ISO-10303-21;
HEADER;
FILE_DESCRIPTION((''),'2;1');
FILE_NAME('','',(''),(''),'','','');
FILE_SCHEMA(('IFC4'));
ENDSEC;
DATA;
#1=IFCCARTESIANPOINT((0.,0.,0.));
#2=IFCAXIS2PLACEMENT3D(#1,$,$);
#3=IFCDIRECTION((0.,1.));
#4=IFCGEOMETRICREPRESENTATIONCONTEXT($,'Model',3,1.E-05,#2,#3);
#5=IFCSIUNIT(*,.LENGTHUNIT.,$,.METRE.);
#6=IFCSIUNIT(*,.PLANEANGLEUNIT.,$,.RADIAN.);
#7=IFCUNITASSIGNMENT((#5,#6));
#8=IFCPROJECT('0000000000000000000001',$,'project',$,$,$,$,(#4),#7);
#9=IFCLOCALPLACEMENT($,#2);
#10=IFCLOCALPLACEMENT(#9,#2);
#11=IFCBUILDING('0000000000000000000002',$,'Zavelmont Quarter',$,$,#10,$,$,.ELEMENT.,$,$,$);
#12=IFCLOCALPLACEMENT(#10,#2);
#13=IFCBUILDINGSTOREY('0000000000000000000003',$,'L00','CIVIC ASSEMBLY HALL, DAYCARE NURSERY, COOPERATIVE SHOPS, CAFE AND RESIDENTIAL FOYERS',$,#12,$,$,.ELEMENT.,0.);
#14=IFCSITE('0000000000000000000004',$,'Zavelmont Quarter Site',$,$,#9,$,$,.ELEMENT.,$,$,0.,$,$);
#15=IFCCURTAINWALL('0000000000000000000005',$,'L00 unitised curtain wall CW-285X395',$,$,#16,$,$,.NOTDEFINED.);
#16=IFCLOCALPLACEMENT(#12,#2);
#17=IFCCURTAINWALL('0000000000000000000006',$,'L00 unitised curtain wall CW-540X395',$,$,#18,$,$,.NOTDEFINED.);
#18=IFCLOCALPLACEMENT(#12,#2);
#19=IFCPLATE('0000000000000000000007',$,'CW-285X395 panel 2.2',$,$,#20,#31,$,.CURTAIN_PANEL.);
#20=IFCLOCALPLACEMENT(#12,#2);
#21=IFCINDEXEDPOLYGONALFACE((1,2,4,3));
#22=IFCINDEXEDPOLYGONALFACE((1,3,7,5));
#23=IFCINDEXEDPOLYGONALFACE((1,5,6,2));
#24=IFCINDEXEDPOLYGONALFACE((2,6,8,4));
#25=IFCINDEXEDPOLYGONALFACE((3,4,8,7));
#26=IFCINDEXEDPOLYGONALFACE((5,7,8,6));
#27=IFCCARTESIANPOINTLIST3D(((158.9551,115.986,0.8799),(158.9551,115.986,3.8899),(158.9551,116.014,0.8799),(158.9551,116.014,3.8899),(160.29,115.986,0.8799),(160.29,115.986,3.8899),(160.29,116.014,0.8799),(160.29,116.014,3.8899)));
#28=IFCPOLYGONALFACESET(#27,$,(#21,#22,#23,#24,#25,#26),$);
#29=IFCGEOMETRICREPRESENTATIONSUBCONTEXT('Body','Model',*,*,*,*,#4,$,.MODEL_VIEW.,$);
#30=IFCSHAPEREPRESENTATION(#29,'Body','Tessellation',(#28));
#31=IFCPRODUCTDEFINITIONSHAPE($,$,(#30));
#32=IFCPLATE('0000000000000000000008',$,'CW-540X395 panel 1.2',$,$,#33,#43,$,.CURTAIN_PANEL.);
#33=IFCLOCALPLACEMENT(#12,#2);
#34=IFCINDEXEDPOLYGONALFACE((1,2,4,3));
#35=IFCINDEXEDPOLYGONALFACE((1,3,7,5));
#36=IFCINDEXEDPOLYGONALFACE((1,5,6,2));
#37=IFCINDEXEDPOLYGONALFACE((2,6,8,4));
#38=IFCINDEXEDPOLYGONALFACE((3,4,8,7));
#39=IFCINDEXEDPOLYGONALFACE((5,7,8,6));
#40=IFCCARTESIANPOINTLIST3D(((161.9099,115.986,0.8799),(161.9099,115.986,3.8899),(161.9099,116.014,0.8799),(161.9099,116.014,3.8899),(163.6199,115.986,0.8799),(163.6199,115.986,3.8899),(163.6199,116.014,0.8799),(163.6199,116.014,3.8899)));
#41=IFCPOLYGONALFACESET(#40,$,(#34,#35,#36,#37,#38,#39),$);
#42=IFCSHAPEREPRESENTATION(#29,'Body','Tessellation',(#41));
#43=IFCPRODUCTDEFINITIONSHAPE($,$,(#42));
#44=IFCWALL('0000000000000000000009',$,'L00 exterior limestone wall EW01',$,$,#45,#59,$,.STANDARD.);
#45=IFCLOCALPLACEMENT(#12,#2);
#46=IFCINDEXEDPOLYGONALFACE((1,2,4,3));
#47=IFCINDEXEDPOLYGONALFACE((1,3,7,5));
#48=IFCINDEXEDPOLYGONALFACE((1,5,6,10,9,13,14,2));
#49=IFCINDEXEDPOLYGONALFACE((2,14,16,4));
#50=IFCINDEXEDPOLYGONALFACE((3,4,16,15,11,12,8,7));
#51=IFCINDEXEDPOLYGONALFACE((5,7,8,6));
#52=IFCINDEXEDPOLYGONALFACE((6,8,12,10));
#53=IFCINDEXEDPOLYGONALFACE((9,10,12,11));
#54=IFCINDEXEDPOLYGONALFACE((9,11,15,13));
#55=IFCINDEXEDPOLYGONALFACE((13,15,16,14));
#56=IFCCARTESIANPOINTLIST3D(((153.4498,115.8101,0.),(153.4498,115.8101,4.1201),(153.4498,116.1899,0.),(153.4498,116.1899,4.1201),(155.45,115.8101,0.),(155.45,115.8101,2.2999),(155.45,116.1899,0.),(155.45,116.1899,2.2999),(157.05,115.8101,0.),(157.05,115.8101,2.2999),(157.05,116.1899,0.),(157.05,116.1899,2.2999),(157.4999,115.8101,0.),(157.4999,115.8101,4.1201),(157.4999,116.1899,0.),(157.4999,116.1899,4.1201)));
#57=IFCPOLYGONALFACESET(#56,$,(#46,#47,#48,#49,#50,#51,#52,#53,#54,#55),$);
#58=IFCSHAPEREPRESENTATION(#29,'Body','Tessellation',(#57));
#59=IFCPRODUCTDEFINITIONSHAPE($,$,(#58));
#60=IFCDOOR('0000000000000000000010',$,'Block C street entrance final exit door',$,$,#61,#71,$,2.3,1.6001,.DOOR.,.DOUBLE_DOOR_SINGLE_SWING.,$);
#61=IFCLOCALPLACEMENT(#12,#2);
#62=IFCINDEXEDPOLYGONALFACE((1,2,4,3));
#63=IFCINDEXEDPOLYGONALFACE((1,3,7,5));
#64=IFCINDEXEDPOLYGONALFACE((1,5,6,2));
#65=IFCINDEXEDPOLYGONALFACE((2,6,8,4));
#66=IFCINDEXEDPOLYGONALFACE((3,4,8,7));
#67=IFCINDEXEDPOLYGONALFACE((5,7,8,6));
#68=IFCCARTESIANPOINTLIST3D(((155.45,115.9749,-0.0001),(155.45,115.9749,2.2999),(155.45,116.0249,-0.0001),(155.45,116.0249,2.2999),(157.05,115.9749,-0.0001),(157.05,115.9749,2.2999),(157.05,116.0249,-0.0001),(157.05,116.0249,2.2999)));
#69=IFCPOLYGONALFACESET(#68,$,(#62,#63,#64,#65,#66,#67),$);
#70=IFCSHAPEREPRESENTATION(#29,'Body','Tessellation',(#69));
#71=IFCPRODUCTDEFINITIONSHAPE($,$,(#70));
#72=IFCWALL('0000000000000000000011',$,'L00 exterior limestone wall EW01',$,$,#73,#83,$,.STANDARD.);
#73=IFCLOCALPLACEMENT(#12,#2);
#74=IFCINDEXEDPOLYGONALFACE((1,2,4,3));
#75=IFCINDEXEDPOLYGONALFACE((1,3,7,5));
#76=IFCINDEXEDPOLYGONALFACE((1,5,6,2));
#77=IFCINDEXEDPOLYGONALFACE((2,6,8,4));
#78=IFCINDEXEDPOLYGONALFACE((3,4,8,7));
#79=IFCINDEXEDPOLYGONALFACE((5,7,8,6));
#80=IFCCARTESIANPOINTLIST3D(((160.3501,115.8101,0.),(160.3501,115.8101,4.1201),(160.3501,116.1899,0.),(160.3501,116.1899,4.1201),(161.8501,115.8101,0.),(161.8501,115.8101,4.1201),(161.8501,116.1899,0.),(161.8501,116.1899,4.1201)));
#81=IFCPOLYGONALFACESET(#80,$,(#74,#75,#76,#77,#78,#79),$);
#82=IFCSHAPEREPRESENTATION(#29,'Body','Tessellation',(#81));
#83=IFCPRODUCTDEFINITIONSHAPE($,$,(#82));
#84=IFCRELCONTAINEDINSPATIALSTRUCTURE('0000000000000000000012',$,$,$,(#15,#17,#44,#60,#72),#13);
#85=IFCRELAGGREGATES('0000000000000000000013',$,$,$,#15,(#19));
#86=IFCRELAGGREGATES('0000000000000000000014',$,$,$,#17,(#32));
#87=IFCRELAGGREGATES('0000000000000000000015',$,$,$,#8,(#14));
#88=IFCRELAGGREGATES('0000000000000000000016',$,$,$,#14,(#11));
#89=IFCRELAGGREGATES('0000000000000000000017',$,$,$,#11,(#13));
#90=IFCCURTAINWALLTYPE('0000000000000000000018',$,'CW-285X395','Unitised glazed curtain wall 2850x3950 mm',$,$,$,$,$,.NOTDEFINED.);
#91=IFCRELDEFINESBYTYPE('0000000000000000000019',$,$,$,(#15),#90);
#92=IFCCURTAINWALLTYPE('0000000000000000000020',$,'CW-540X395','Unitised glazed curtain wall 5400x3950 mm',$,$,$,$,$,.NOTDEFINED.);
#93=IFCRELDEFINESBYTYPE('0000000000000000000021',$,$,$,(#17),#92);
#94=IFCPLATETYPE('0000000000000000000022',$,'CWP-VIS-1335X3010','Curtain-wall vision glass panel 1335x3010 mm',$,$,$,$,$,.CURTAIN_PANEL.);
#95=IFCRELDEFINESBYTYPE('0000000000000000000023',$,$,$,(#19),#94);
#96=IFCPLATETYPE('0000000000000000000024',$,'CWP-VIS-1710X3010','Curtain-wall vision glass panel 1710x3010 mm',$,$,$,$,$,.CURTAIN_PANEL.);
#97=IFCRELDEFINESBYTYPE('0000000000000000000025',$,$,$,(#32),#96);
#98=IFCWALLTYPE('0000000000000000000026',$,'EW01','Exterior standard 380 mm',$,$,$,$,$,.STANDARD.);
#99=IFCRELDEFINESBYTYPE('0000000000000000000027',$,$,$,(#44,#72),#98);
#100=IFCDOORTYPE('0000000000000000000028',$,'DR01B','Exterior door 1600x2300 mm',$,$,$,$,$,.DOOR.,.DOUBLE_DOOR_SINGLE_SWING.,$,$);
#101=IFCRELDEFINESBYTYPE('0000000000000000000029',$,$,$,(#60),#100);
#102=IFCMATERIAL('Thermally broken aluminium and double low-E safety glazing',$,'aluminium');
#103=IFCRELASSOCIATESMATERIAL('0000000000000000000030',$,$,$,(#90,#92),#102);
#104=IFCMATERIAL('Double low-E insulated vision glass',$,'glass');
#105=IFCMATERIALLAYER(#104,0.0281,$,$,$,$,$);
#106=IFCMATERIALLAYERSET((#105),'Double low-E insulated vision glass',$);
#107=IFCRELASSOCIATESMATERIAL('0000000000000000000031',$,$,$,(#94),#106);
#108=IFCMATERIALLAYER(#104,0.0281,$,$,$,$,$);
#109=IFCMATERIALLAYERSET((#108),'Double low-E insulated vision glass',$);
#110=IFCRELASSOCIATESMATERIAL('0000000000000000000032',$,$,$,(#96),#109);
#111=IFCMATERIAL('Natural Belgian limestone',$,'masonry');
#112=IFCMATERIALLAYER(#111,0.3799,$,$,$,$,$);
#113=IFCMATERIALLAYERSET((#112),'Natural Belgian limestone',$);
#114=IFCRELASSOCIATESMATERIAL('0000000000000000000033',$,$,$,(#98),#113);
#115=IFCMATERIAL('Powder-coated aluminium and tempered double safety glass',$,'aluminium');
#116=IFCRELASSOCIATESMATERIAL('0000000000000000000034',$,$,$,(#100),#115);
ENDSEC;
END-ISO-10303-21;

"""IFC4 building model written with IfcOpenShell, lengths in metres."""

from ifc_helpers import new_model, si_unit, direction, frame, frame_2d, origin, origin_with_axes, origin_2d, place, context, subcontext, project, spatial, rectangle, extrude, material, layer, layer_set, type_object, element, fill, aggregate, save


model = new_model("IFC4")

# Units and contexts
model_context = context("Model", 3, precision=1e-05, world=origin(), true_north=direction((0.0, 1.0)))
body_context = subcontext(model_context, "Body", "Model", "MODEL_VIEW")
ifc_project = project(units=[si_unit("LENGTHUNIT", "METRE"), si_unit("PLANEANGLEUNIT", "RADIAN")], contexts=[model_context])

# Site, building, storey
site_placement = place(None, origin())
site = spatial("IfcSite", under=ifc_project, at=site_placement, Name="Zavelmont Quarter Site", CompositionType="ELEMENT", RefElevation=0.0)
building_placement = place(site_placement, origin())
building = spatial("IfcBuilding", under=site, at=building_placement, Name="Zavelmont Quarter", CompositionType="ELEMENT")
storey_placement = place(building_placement, origin())
storey = spatial("IfcBuildingStorey", under=building, at=storey_placement, Name="L00", Description="CIVIC ASSEMBLY HALL, DAYCARE NURSERY, COOPERATIVE SHOPS, CAFE AND RESIDENTIAL FOYERS", CompositionType="ELEMENT", Elevation=0.0)

# Curtain wall
ifc_material_1 = material(Name="Thermally broken aluminium and double low-E safety glazing", Category="aluminium")
curtain_wall_type_1 = type_object("IfcCurtainWallType", Name="CW-285X395", Description="Unitised glazed curtain wall 2850x3950 mm", PredefinedType="NOTDEFINED", material=ifc_material_1)
curtain_wall_1_placement = place(storey_placement, origin())
curtain_wall_1 = element("IfcCurtainWall", 1, at=curtain_wall_1_placement, inside=storey, type_object=curtain_wall_type_1, Name="L00 unitised curtain wall CW-285X395", PredefinedType="NOTDEFINED")

# Curtain wall
curtain_wall_type_2 = type_object("IfcCurtainWallType", Name="CW-540X395", Description="Unitised glazed curtain wall 5400x3950 mm", PredefinedType="NOTDEFINED", material=ifc_material_1)
curtain_wall_2_placement = place(storey_placement, origin())
curtain_wall_2 = element("IfcCurtainWall", 2, at=curtain_wall_2_placement, inside=storey, type_object=curtain_wall_type_2, Name="L00 unitised curtain wall CW-540X395", PredefinedType="NOTDEFINED")

# Plates
ifc_material_2 = material(Name="Double low-E insulated vision glass", Category="glass")
ifc_layer_1 = layer(ifc_material_2, 0.0281)
ifc_layer_set_1 = layer_set([ifc_layer_1], Name="Double low-E insulated vision glass")
plate_type_1 = type_object("IfcPlateType", Name="CWP-VIS-1335X3010", Description="Curtain-wall vision glass panel 1335x3010 mm", PredefinedType="CURTAIN_PANEL", material=ifc_layer_set_1)
plate_1_placement = place(storey_placement, frame((159.6226, 116.0, 0.8799), z_axis=(0.0, 0.0, 1.0), x_axis=(1.0, 0.0, 0.0)))
plate_1 = element("IfcPlate", 3, at=plate_1_placement, type_object=plate_type_1, Name="CW-285X395 panel 2.2", PredefinedType="CURTAIN_PANEL", context=body_context, shape_type="SweptSolid", body=[
    extrude(rectangle(XDim=1.335, YDim=0.0281, at=origin_2d()), origin(), (0.0, 0.0, 1.0), 3.01),
])
aggregate(curtain_wall_1, [plate_1])
ifc_layer_2 = layer(ifc_material_2, 0.0281)
ifc_layer_set_2 = layer_set([ifc_layer_2], Name="Double low-E insulated vision glass")
plate_type_2 = type_object("IfcPlateType", Name="CWP-VIS-1710X3010", Description="Curtain-wall vision glass panel 1710x3010 mm", PredefinedType="CURTAIN_PANEL", material=ifc_layer_set_2)
plate_2_placement = place(storey_placement, frame((162.7649, 116.0, 0.8799), z_axis=(0.0, 0.0, 1.0), x_axis=(1.0, 0.0, 0.0)))
plate_2 = element("IfcPlate", 4, at=plate_2_placement, type_object=plate_type_2, Name="CW-540X395 panel 1.2", PredefinedType="CURTAIN_PANEL", context=body_context, shape_type="SweptSolid", body=[
    extrude(rectangle(XDim=1.71, YDim=0.0281, at=origin_2d()), origin(), (0.0, 0.0, 1.0), 3.01),
])
aggregate(curtain_wall_2, [plate_2])

# Wall, opening, door
ifc_material_3 = material(Name="Natural Belgian limestone", Category="masonry")
ifc_layer_3 = layer(ifc_material_3, 0.3799)
ifc_layer_set_3 = layer_set([ifc_layer_3], Name="Natural Belgian limestone")
wall_type = type_object("IfcWallType", Name="EW01", Description="Exterior standard 380 mm", PredefinedType="STANDARD", material=ifc_layer_set_3)
wall_1_placement = place(storey_placement, frame((153.45, 116.0, 0.0), z_axis=(0.0, 0.0, 1.0), x_axis=(1.0, 0.0, 0.0)))
wall_1 = element("IfcWall", 5, at=wall_1_placement, inside=storey, type_object=wall_type, Name="L00 exterior limestone wall EW01", PredefinedType="STANDARD", context=body_context, shape_type="SweptSolid", body=[
    extrude(rectangle(XDim=4.05, YDim=0.3799, at=frame_2d((2.0249, 0.0))), origin(), (0.0, 0.0, 1.0), 4.1201),
])
opening_placement = place(wall_1_placement, frame((2.0, 0.0, 0.0)))
opening = element("IfcOpeningElement", 6, at=opening_placement, cuts=wall_1, PredefinedType="OPENING", context=body_context, shape_type="SweptSolid", body=[
    extrude(rectangle(XDim=1.6001, YDim=2.3, at=frame_2d((0.8, 1.1499))), frame((0.0, 0.2019, 0.0), z_axis=(0.0, -1.0, 0.0), x_axis=(1.0, 0.0, 0.0)), (0.0, 0.0, 1.0), 0.4038),
])
ifc_material_4 = material(Name="Powder-coated aluminium and tempered double safety glass", Category="aluminium")
door_type = type_object("IfcDoorType", Name="DR01B", Description="Exterior door 1600x2300 mm", OperationType="DOUBLE_DOOR_SINGLE_SWING", PredefinedType="DOOR", material=ifc_material_4)
door_placement = place(opening_placement, origin_with_axes())
door = element("IfcDoor", 7, at=door_placement, inside=storey, type_object=door_type, Name="Block C street entrance final exit door", OperationType="DOUBLE_DOOR_SINGLE_SWING", OverallHeight=2.3, OverallWidth=1.6001, PredefinedType="DOOR", context=body_context, shape_type="SweptSolid", body=[
    extrude(rectangle(XDim=1.6001, YDim=2.3, at=frame_2d((0.8, 1.1499))), frame((0.0, 0.0249, 0.0), z_axis=(0.0, -1.0, 0.0), x_axis=(1.0, 0.0, 0.0)), (0.0, 0.0, 1.0), 0.05),
])
fill(opening, door)

# Wall
wall_2_placement = place(storey_placement, frame((160.3501, 116.0, 0.0), z_axis=(0.0, 0.0, 1.0), x_axis=(1.0, 0.0, 0.0)))
element("IfcWall", 8, at=wall_2_placement, inside=storey, type_object=wall_type, Name="L00 exterior limestone wall EW01", PredefinedType="STANDARD", context=body_context, shape_type="SweptSolid", body=[
    extrude(rectangle(XDim=1.5, YDim=0.3799, at=frame_2d((0.75, 0.0))), origin(), (0.0, 0.0, 1.0), 4.1201),
])

save(model, "model.ifc")
